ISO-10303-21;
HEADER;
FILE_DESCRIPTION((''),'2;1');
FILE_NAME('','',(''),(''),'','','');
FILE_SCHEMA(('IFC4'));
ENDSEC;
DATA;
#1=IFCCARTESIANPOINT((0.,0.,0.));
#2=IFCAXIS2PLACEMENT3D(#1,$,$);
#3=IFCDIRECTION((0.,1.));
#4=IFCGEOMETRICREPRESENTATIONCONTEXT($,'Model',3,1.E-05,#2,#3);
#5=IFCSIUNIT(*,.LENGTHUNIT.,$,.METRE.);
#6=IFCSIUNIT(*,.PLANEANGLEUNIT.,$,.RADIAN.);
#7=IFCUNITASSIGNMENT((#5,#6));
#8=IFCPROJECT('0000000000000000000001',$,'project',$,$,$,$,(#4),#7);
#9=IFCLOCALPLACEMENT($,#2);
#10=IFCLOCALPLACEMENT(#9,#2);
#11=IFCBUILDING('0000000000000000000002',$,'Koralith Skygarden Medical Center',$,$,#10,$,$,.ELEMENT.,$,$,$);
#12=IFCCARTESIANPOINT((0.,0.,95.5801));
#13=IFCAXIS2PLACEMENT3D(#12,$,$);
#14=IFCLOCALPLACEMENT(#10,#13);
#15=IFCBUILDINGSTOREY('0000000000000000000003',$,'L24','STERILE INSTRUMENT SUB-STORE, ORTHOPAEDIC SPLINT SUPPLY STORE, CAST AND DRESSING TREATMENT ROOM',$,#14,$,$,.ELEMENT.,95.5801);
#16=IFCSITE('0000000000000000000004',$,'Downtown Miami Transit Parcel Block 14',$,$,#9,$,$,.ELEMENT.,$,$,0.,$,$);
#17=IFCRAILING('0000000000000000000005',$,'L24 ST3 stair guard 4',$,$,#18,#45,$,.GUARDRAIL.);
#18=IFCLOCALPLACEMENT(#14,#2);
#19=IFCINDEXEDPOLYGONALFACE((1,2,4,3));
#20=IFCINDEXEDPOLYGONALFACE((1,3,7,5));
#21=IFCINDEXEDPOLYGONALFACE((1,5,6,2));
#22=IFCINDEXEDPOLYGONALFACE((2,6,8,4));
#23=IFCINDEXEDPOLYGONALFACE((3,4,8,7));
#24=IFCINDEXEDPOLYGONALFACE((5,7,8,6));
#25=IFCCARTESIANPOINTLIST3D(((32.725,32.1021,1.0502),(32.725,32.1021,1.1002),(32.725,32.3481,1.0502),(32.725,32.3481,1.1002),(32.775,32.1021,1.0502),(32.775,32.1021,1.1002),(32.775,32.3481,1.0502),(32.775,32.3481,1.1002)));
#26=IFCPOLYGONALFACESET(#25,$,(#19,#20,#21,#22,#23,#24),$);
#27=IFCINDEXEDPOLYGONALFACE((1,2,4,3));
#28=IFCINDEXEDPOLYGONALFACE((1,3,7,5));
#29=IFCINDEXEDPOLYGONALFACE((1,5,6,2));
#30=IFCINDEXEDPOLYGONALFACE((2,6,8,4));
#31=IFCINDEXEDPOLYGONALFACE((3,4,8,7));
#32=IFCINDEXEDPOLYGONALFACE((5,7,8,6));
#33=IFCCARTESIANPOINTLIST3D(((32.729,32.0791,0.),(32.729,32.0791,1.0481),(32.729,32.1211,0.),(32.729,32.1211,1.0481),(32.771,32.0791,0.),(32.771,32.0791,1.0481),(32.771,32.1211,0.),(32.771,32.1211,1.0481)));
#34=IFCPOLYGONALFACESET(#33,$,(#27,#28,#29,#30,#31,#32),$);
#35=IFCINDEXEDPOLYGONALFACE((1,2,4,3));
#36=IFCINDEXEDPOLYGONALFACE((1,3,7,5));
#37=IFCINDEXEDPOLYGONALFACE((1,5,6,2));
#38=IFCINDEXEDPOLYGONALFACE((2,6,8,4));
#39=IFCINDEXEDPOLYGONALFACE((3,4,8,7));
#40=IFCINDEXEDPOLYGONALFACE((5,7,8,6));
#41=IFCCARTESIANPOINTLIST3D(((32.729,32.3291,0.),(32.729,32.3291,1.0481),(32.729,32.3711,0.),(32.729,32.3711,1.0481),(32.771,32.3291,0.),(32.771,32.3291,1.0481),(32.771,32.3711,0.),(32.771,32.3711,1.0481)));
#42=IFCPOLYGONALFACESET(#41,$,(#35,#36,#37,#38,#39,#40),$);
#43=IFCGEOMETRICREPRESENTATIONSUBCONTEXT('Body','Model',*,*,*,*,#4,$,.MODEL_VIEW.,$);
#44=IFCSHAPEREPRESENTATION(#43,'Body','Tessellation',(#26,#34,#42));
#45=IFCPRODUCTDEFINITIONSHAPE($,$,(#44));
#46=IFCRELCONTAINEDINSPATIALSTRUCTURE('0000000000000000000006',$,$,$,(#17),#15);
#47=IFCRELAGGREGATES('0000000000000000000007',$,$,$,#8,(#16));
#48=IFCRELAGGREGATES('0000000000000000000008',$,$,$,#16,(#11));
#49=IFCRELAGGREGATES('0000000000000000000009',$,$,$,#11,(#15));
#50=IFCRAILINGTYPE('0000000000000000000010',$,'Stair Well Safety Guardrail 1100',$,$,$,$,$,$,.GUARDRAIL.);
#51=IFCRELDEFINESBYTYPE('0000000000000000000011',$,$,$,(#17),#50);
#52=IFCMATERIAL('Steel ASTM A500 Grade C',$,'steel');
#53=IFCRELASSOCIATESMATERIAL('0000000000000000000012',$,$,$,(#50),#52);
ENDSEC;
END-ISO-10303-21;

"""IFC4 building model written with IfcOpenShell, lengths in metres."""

from ifc_helpers import new_model, si_unit, direction, frame, origin, origin_2d, place, context, subcontext, project, spatial, rectangle, extrude, material, type_object, element, save


model = new_model("IFC4")

# Units and contexts
model_context = context("Model", 3, precision=1e-05, world=origin(), true_north=direction((0.0, 1.0)))
body_context = subcontext(model_context, "Body", "Model", "MODEL_VIEW")
ifc_project = project(units=[si_unit("LENGTHUNIT", "METRE"), si_unit("PLANEANGLEUNIT", "RADIAN")], contexts=[model_context])

# Site, building, storey
site_placement = place(None, origin())
site = spatial("IfcSite", under=ifc_project, at=site_placement, Name="Downtown Miami Transit Parcel Block 14", CompositionType="ELEMENT", RefElevation=0.0)
building_placement = place(site_placement, origin())
building = spatial("IfcBuilding", under=site, at=building_placement, Name="Koralith Skygarden Medical Center", CompositionType="ELEMENT")
storey_placement = place(building_placement, frame((0.0, 0.0, 95.5801)))
storey = spatial("IfcBuildingStorey", under=building, at=storey_placement, Name="L24", Description="STERILE INSTRUMENT SUB-STORE, ORTHOPAEDIC SPLINT SUPPLY STORE, CAST AND DRESSING TREATMENT ROOM", CompositionType="ELEMENT", Elevation=95.5801)

# Railing
ifc_material_1 = material(Name="Steel ASTM A500 Grade C", Category="steel")
railing_type_1 = type_object("IfcRailingType", Name="Stair Well Safety Guardrail 1100", PredefinedType="GUARDRAIL", material=ifc_material_1)
for number, where, name in (
    (1, (32.75, 32.1001, 0.0), "L24 ST3 stair guard 4"),
):
    element("IfcRailing", number, at=place(storey_placement, frame(where)), inside=storey, type_object=railing_type_1, Name=name, PredefinedType="GUARDRAIL", context=body_context, shape_type="SweptSolid", body=[
        extrude(rectangle(XDim=0.05, YDim=0.05, at=origin_2d()), frame((0.0, 0.002, 1.0752), z_axis=(0.0, 1.0, 0.0), x_axis=(-1.0, 0.0, 0.0)), (0.0, 0.0, 1.0), 0.2461),
        extrude(rectangle(XDim=0.042, YDim=0.042, at=origin_2d()), origin(), (0.0, 0.0, 1.0), 1.0481),
        extrude(rectangle(XDim=0.042, YDim=0.042, at=origin_2d()), frame((0.0, 0.25, 0.0)), (0.0, 0.0, 1.0), 1.0481),
    ])

save(model, "model.ifc")
